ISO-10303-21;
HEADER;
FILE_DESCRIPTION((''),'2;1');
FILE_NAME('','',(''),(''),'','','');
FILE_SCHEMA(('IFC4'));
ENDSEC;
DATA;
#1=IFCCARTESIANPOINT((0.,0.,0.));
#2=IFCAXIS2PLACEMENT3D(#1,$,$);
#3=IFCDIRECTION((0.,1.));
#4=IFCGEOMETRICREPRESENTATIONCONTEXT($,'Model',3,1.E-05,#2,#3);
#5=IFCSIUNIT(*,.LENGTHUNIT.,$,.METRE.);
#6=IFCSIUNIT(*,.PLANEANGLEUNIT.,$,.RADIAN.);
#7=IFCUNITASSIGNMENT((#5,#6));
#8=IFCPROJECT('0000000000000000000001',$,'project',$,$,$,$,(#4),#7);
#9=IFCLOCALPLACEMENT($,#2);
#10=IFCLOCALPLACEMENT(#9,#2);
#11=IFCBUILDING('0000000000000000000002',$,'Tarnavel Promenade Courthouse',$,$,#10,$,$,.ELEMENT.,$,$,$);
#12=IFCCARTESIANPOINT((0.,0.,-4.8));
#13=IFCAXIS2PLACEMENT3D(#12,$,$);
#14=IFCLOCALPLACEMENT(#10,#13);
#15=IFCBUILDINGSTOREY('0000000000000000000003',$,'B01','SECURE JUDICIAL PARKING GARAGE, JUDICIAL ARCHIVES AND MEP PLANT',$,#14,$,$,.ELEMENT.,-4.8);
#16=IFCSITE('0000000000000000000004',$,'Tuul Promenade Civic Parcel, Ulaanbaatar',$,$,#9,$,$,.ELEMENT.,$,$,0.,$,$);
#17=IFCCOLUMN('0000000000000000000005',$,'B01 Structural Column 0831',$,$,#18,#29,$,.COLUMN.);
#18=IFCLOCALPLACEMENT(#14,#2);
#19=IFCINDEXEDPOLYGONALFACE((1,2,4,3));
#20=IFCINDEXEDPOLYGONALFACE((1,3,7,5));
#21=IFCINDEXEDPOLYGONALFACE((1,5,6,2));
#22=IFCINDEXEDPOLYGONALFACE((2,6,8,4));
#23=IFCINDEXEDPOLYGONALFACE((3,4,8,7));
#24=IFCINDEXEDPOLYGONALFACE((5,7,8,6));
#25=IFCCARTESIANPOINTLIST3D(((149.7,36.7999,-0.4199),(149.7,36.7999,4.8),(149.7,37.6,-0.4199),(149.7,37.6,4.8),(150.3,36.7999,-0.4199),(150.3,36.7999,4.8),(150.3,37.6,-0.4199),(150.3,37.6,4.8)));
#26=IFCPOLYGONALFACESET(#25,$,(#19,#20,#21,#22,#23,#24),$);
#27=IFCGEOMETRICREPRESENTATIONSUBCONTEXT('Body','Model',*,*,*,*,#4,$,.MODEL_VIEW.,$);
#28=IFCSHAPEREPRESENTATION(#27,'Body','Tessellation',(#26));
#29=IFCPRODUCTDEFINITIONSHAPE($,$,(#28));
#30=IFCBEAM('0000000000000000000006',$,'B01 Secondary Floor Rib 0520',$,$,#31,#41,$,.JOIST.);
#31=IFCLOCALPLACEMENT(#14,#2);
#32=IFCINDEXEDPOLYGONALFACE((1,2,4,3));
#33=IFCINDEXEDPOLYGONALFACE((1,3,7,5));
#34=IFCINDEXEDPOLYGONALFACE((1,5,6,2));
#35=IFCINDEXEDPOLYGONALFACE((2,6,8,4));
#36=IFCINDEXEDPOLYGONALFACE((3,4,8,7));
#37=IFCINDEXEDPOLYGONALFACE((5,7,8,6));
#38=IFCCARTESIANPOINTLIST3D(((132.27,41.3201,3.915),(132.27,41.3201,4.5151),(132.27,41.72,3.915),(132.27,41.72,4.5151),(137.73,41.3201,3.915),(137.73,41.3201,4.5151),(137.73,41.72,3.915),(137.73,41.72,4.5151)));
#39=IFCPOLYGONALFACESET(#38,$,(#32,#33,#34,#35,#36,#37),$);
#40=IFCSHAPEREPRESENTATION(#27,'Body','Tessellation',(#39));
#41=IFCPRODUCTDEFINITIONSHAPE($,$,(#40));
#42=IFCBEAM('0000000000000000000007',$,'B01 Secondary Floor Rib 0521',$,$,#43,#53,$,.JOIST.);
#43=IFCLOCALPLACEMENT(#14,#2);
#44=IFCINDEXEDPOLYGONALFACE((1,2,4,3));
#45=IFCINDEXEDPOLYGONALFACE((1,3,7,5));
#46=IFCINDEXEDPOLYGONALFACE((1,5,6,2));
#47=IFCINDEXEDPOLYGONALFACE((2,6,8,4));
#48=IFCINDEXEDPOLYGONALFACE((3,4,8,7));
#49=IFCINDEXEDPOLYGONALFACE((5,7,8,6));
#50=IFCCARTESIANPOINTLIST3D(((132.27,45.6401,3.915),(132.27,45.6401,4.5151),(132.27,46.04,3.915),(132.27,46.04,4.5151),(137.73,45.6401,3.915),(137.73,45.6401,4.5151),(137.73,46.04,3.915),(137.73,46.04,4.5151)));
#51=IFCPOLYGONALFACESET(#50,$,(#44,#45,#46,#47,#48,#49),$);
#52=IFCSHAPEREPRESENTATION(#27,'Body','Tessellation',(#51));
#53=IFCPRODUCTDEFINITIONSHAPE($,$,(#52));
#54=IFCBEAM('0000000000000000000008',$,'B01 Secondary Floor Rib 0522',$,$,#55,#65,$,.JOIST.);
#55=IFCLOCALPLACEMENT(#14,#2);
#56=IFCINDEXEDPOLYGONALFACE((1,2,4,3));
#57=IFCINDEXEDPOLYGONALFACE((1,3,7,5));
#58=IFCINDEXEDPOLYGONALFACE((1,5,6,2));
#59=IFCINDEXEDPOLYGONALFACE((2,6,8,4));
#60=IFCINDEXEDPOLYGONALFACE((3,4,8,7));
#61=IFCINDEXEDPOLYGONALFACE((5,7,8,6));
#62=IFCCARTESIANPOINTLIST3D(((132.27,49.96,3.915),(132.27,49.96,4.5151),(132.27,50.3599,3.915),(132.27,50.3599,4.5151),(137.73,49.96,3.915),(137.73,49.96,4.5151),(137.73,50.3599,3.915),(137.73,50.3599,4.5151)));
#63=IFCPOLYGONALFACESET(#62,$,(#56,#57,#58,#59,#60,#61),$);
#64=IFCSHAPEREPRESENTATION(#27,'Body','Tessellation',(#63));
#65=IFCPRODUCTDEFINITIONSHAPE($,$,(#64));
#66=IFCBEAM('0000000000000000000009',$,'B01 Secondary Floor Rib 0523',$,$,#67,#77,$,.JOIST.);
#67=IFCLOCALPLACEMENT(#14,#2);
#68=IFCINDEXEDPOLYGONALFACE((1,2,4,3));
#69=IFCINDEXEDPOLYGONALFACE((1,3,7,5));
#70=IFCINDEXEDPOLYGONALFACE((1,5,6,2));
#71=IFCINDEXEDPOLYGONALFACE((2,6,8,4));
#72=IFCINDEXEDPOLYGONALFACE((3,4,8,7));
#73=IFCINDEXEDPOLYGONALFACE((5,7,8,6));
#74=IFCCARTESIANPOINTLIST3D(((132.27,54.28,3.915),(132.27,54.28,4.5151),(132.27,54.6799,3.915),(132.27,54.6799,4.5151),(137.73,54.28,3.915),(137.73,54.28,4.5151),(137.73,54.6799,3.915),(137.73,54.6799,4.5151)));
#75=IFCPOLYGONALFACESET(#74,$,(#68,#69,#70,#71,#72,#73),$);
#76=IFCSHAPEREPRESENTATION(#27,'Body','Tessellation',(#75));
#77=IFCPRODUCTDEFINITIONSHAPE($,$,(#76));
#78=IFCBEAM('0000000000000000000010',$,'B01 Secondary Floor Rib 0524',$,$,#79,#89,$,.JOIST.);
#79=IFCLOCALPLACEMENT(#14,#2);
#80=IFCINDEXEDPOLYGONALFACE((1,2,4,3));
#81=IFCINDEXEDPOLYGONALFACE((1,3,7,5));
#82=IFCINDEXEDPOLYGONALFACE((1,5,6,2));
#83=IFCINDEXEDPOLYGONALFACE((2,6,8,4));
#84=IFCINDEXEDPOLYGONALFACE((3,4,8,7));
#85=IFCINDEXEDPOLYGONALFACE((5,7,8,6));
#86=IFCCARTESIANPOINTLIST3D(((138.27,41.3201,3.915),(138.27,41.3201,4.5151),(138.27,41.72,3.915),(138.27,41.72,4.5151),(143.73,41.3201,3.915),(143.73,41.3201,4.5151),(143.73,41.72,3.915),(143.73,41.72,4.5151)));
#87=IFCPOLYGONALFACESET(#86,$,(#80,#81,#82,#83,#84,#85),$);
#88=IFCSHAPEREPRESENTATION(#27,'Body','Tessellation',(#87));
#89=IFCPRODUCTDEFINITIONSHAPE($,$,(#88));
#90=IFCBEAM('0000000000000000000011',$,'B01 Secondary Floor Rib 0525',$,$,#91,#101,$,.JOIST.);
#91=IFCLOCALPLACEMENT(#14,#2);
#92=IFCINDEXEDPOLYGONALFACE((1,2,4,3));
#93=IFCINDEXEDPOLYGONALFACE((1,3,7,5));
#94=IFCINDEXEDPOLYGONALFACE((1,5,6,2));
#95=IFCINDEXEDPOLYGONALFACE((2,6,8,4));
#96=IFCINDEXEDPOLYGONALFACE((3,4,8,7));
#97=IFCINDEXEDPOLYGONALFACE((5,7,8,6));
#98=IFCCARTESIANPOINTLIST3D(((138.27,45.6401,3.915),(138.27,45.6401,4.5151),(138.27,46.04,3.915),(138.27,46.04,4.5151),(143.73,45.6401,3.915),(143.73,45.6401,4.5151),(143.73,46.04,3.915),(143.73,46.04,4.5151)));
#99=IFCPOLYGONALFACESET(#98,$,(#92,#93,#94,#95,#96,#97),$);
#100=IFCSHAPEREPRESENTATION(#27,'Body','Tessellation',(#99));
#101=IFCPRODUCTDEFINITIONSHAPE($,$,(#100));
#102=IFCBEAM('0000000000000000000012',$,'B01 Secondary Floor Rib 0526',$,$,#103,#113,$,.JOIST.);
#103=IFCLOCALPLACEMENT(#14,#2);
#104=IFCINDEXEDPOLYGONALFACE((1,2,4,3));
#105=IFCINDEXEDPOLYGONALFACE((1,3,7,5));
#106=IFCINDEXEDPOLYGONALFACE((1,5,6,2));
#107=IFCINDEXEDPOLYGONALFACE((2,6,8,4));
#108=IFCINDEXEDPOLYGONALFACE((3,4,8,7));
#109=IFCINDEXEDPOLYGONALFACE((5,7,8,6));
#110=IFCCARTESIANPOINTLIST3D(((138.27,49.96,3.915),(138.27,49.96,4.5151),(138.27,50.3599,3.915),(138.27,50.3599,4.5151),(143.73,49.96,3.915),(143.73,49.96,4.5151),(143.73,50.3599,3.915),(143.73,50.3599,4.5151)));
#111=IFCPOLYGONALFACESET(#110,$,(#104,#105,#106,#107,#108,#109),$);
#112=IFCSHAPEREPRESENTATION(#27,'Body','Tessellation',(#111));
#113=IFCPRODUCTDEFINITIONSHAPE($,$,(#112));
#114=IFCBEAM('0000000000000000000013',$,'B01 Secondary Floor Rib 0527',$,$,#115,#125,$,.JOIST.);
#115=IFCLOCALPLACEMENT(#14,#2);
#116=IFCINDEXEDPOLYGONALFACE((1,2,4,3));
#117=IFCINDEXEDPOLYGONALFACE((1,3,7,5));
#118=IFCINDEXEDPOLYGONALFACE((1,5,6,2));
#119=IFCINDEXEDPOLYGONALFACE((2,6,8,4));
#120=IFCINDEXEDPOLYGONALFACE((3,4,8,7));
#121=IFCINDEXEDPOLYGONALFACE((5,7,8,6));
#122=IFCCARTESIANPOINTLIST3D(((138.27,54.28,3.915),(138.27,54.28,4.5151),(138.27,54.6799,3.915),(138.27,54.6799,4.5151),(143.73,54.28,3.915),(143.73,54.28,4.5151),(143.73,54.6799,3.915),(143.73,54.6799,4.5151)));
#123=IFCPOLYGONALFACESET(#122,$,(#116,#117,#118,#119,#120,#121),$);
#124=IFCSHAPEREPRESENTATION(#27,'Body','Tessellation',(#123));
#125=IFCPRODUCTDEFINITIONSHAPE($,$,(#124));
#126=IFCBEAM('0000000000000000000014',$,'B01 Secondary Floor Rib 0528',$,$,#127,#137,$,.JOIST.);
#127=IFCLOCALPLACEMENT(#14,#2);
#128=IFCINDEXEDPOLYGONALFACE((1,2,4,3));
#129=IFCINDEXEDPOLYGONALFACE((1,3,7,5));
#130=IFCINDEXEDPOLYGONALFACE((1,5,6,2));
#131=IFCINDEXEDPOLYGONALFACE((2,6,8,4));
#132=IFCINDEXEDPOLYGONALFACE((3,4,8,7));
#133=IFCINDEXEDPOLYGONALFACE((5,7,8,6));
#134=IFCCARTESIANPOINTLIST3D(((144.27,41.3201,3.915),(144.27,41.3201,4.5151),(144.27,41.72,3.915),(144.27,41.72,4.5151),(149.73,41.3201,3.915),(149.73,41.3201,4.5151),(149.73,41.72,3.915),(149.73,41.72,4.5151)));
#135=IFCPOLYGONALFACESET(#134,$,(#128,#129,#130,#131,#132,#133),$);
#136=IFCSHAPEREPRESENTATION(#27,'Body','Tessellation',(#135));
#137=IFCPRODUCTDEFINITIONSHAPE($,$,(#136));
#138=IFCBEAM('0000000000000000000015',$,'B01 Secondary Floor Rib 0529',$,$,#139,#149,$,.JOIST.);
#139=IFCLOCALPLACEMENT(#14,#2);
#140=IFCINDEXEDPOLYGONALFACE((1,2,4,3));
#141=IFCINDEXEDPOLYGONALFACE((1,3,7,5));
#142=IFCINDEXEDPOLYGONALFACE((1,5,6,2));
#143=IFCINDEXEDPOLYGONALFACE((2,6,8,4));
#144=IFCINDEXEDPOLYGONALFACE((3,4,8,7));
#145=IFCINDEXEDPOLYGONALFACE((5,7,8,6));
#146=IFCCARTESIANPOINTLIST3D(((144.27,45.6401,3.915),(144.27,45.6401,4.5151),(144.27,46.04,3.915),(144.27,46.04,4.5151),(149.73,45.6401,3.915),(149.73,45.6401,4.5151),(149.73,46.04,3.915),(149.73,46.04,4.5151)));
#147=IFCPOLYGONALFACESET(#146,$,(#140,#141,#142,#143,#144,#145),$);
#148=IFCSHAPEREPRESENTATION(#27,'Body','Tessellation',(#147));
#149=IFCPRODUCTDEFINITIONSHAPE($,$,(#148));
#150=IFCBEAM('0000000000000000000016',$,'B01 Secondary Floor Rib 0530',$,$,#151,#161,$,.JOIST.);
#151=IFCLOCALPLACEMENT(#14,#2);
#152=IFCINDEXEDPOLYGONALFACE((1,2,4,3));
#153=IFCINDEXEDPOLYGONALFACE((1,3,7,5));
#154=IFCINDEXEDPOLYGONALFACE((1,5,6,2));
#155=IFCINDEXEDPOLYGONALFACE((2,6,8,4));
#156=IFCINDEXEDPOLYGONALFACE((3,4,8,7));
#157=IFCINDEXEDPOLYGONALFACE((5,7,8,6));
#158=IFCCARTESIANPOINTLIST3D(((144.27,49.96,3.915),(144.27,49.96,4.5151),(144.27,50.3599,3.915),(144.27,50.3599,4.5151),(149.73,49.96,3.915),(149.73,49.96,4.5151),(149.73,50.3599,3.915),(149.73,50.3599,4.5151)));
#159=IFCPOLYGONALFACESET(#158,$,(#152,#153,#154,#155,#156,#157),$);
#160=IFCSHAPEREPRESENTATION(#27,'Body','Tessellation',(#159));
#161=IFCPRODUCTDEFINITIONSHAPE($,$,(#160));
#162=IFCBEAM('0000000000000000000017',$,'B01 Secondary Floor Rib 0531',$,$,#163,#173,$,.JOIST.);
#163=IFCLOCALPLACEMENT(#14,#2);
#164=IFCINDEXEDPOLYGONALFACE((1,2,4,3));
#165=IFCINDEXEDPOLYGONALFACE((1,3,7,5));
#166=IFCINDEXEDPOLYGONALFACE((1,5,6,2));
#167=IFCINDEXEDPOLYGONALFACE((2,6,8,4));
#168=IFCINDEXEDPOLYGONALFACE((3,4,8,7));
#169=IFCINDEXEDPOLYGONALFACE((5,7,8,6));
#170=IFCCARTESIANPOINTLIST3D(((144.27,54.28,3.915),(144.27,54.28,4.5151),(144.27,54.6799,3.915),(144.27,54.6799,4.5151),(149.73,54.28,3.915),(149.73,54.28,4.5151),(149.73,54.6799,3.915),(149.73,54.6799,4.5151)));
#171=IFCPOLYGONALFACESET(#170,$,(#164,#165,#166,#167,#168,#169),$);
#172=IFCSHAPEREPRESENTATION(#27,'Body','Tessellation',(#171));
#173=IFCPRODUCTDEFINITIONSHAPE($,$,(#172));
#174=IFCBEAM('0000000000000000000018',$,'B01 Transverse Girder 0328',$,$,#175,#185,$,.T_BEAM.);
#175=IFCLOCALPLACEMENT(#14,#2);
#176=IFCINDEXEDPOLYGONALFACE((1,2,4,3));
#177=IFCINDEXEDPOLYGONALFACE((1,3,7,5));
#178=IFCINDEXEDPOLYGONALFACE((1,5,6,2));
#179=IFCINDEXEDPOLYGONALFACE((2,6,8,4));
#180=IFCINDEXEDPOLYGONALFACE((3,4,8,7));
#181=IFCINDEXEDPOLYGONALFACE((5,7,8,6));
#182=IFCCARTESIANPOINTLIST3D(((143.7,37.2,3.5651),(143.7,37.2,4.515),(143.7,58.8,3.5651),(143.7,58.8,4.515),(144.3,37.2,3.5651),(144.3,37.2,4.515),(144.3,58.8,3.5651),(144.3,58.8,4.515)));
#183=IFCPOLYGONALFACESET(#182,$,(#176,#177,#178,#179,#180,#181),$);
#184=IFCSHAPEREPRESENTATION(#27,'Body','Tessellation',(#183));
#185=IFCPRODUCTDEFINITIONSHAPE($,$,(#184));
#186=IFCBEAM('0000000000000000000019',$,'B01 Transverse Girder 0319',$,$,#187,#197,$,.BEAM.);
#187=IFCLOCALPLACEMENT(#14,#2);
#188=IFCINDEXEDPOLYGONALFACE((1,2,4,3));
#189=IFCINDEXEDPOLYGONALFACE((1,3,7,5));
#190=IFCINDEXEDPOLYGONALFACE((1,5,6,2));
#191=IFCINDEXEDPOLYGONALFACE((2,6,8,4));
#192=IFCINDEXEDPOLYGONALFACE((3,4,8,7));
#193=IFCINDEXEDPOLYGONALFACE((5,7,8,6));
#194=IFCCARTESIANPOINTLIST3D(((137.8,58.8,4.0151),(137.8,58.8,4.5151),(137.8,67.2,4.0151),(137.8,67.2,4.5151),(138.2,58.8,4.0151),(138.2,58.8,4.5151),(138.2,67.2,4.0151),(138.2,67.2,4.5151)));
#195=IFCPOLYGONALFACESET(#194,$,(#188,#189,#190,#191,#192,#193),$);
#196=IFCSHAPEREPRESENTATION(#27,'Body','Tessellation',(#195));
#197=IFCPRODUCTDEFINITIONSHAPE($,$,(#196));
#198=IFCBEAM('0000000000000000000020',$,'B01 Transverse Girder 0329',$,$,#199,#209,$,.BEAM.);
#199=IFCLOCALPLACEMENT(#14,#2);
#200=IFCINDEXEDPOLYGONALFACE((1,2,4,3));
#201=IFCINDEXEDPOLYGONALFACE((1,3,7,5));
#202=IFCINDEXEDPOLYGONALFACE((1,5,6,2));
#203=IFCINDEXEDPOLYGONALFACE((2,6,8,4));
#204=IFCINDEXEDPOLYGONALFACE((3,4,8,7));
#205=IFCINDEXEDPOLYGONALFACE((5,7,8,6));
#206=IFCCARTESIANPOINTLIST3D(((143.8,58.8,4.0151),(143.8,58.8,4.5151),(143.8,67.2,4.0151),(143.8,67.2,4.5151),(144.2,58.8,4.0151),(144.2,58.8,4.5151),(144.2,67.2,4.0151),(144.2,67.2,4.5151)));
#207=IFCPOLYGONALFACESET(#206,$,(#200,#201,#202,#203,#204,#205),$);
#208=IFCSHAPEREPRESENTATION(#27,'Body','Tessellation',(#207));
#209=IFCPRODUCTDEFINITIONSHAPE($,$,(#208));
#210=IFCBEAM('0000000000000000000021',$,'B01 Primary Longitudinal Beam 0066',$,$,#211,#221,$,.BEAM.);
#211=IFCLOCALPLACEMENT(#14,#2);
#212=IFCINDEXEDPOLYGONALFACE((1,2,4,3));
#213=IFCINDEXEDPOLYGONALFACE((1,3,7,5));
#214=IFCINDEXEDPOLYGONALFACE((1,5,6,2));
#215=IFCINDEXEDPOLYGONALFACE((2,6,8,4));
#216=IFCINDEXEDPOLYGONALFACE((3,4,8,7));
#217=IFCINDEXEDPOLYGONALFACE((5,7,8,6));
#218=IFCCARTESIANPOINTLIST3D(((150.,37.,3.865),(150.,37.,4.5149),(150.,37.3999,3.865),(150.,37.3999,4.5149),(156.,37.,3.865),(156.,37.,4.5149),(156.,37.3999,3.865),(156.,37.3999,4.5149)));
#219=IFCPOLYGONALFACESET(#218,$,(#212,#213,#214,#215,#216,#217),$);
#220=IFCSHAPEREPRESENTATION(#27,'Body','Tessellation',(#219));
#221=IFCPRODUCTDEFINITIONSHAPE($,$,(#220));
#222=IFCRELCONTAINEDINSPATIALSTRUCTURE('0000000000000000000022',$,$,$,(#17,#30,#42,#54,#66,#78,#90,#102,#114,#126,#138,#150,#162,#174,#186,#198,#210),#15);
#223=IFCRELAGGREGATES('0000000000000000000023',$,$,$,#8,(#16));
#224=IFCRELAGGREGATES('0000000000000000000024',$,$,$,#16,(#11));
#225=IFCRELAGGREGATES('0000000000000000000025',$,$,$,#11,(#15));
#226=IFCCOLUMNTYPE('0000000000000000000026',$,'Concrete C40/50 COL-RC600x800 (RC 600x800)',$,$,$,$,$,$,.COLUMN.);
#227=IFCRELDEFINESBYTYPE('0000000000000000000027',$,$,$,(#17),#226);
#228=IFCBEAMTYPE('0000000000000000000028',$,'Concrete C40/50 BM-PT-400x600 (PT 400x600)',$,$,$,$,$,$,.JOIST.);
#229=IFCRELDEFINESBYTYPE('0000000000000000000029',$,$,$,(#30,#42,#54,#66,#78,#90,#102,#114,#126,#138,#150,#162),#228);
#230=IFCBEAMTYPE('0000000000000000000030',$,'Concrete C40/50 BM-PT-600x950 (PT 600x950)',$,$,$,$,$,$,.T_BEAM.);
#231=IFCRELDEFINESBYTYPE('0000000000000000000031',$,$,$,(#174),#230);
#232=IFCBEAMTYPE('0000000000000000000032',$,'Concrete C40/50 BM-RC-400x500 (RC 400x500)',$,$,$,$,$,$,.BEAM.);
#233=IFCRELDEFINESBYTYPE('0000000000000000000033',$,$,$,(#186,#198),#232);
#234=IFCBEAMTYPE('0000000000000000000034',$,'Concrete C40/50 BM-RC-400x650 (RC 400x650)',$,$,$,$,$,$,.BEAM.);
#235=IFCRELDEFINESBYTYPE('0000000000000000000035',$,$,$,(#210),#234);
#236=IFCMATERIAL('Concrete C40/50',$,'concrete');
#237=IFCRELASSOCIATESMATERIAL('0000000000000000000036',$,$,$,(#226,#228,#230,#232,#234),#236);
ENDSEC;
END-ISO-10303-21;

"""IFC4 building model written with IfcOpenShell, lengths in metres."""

from ifc_helpers import new_model, si_unit, direction, frame, origin, origin_2d, place, context, subcontext, project, spatial, rectangle, extrude, material, material_profile, profile_set, type_object, element, save


model = new_model("IFC4")

# Units and contexts
model_context = context("Model", 3, precision=1e-05, world=origin(), true_north=direction((0.0, 1.0)))
body_context = subcontext(model_context, "Body", "Model", "MODEL_VIEW")
ifc_project = project(units=[si_unit("LENGTHUNIT", "METRE"), si_unit("PLANEANGLEUNIT", "RADIAN")], contexts=[model_context])

# Site, building, storey
site_placement = place(None, origin())
site = spatial("IfcSite", under=ifc_project, at=site_placement, Name="Tuul Promenade Civic Parcel, Ulaanbaatar", CompositionType="ELEMENT", RefElevation=0.0)
building_placement = place(site_placement, origin())
building = spatial("IfcBuilding", under=site, at=building_placement, Name="Tarnavel Promenade Courthouse", CompositionType="ELEMENT")
storey_placement = place(building_placement, frame((0.0, 0.0, -4.8)))
storey = spatial("IfcBuildingStorey", under=building, at=storey_placement, Name="B01", Description="SECURE JUDICIAL PARKING GARAGE, JUDICIAL ARCHIVES AND MEP PLANT", CompositionType="ELEMENT", Elevation=-4.8)

# Column
ifc_material_1 = material(Name="Concrete C40/50", Category="concrete")
ifc_material_profile_1 = material_profile(ifc_material_1, rectangle(XDim=0.6001, YDim=0.8, at=origin_2d()), Name="RC 600x800")
ifc_profile_set_1 = profile_set([ifc_material_profile_1], Name="Concrete C40/50")
column_type = type_object("IfcColumnType", Name="Concrete C40/50 COL-RC600x800 (RC 600x800)", PredefinedType="COLUMN", material=ifc_profile_set_1)
for number, where, z_axis, x_axis, name in (
    (1, (150.0, 37.2, -0.4199), (0.0, 0.0, 1.0), (1.0, 0.0, 0.0), "B01 Structural Column 0831"),
):
    element("IfcColumn", number, at=place(storey_placement, frame(where, z_axis=z_axis, x_axis=x_axis)), inside=storey, type_object=column_type, Name=name, PredefinedType="COLUMN", context=body_context, shape_type="SweptSolid", body=[
        extrude(rectangle(XDim=0.6001, YDim=0.8, at=origin_2d()), origin(), (0.0, 0.0, 1.0), 5.22),
    ])

# Beams
ifc_material_profile_2 = material_profile(ifc_material_1, rectangle(XDim=0.3999, YDim=0.6001, at=origin_2d()), Name="PT 400x600")
ifc_profile_set_2 = profile_set([ifc_material_profile_2], Name="Concrete C40/50")
beam_type_1 = type_object("IfcBeamType", Name="Concrete C40/50 BM-PT-400x600 (PT 400x600)", PredefinedType="JOIST", material=ifc_profile_set_2)
for number, where, z_axis, x_axis, name in (
    (2, (132.27, 41.52, 4.2151), (1.0, 0.0, 0.0), (0.0, 1.0, 0.0), "B01 Secondary Floor Rib 0520"),
    (3, (132.27, 45.8401, 4.2151), (1.0, 0.0, 0.0), (0.0, 1.0, 0.0), "B01 Secondary Floor Rib 0521"),
    (4, (132.27, 50.1599, 4.2151), (1.0, 0.0, 0.0), (0.0, 1.0, 0.0), "B01 Secondary Floor Rib 0522"),
    (5, (132.27, 54.48, 4.2151), (1.0, 0.0, 0.0), (0.0, 1.0, 0.0), "B01 Secondary Floor Rib 0523"),
    (6, (138.27, 41.52, 4.2151), (1.0, 0.0, 0.0), (0.0, 1.0, 0.0), "B01 Secondary Floor Rib 0524"),
    (7, (138.27, 45.8401, 4.2151), (1.0, 0.0, 0.0), (0.0, 1.0, 0.0), "B01 Secondary Floor Rib 0525"),
    (8, (138.27, 50.1599, 4.2151), (1.0, 0.0, 0.0), (0.0, 1.0, 0.0), "B01 Secondary Floor Rib 0526"),
    (9, (138.27, 54.48, 4.2151), (1.0, 0.0, 0.0), (0.0, 1.0, 0.0), "B01 Secondary Floor Rib 0527"),
    (10, (144.27, 41.52, 4.2151), (1.0, 0.0, 0.0), (0.0, 1.0, 0.0), "B01 Secondary Floor Rib 0528"),
    (11, (144.27, 45.8401, 4.2151), (1.0, 0.0, 0.0), (0.0, 1.0, 0.0), "B01 Secondary Floor Rib 0529"),
    (12, (144.27, 50.1599, 4.2151), (1.0, 0.0, 0.0), (0.0, 1.0, 0.0), "B01 Secondary Floor Rib 0530"),
    (13, (144.27, 54.48, 4.2151), (1.0, 0.0, 0.0), (0.0, 1.0, 0.0), "B01 Secondary Floor Rib 0531"),
):
    element("IfcBeam", number, at=place(storey_placement, frame(where, z_axis=z_axis, x_axis=x_axis)), inside=storey, type_object=beam_type_1, Name=name, PredefinedType="JOIST", context=body_context, shape_type="SweptSolid", body=[
        extrude(rectangle(XDim=0.3999, YDim=0.6001, at=origin_2d()), origin(), (0.0, 0.0, 1.0), 5.46),
    ])
ifc_material_profile_3 = material_profile(ifc_material_1, rectangle(XDim=0.6001, YDim=0.95, at=origin_2d()), Name="PT 600x950")
ifc_profile_set_3 = profile_set([ifc_material_profile_3], Name="Concrete C40/50")
beam_type_2 = type_object("IfcBeamType", Name="Concrete C40/50 BM-PT-600x950 (PT 600x950)", PredefinedType="T_BEAM", material=ifc_profile_set_3)
beam_placement = place(storey_placement, frame((144.0, 37.2, 4.04), z_axis=(0.0, 1.0, 0.0), x_axis=(-1.0, 0.0, 0.0)))
element("IfcBeam", 14, at=beam_placement, inside=storey, type_object=beam_type_2, Name="B01 Transverse Girder 0328", PredefinedType="T_BEAM", context=body_context, shape_type="SweptSolid", body=[
    extrude(rectangle(XDim=0.6001, YDim=0.95, at=origin_2d()), origin(), (0.0, 0.0, 1.0), 21.6001),
])
ifc_material_profile_4 = material_profile(ifc_material_1, rectangle(XDim=0.3999, YDim=0.5, at=origin_2d()), Name="RC 400x500")
ifc_profile_set_4 = profile_set([ifc_material_profile_4], Name="Concrete C40/50")
beam_type_3 = type_object("IfcBeamType", Name="Concrete C40/50 BM-RC-400x500 (RC 400x500)", PredefinedType="BEAM", material=ifc_profile_set_4)
for number, where, z_axis, x_axis, name in (
    (15, (138.0, 58.8, 4.2651), (0.0, 1.0, 0.0), (-1.0, 0.0, 0.0), "B01 Transverse Girder 0319"),
    (16, (144.0, 58.8, 4.2651), (0.0, 1.0, 0.0), (-1.0, 0.0, 0.0), "B01 Transverse Girder 0329"),
):
    element("IfcBeam", number, at=place(storey_placement, frame(where, z_axis=z_axis, x_axis=x_axis)), inside=storey, type_object=beam_type_3, Name=name, PredefinedType="BEAM", context=body_context, shape_type="SweptSolid", body=[
        extrude(rectangle(XDim=0.3999, YDim=0.5, at=origin_2d()), origin(), (0.0, 0.0, 1.0), 8.3999),
    ])
ifc_material_profile_5 = material_profile(ifc_material_1, rectangle(XDim=0.3999, YDim=0.6499, at=origin_2d()), Name="RC 400x650")
ifc_profile_set_5 = profile_set([ifc_material_profile_5], Name="Concrete C40/50")
beam_type_4 = type_object("IfcBeamType", Name="Concrete C40/50 BM-RC-400x650 (RC 400x650)", PredefinedType="BEAM", material=ifc_profile_set_5)
for number, where, z_axis, x_axis, name in (
    (17, (150.0, 37.2, 4.1899), (1.0, 0.0, 0.0), (0.0, 1.0, 0.0), "B01 Primary Longitudinal Beam 0066"),
):
    element("IfcBeam", number, at=place(storey_placement, frame(where, z_axis=z_axis, x_axis=x_axis)), inside=storey, type_object=beam_type_4, Name=name, PredefinedType="BEAM", context=body_context, shape_type="SweptSolid", body=[
        extrude(rectangle(XDim=0.3999, YDim=0.6499, at=origin_2d()), origin(), (0.0, 0.0, 1.0), 6.0),
    ])

save(model, "model.ifc")
